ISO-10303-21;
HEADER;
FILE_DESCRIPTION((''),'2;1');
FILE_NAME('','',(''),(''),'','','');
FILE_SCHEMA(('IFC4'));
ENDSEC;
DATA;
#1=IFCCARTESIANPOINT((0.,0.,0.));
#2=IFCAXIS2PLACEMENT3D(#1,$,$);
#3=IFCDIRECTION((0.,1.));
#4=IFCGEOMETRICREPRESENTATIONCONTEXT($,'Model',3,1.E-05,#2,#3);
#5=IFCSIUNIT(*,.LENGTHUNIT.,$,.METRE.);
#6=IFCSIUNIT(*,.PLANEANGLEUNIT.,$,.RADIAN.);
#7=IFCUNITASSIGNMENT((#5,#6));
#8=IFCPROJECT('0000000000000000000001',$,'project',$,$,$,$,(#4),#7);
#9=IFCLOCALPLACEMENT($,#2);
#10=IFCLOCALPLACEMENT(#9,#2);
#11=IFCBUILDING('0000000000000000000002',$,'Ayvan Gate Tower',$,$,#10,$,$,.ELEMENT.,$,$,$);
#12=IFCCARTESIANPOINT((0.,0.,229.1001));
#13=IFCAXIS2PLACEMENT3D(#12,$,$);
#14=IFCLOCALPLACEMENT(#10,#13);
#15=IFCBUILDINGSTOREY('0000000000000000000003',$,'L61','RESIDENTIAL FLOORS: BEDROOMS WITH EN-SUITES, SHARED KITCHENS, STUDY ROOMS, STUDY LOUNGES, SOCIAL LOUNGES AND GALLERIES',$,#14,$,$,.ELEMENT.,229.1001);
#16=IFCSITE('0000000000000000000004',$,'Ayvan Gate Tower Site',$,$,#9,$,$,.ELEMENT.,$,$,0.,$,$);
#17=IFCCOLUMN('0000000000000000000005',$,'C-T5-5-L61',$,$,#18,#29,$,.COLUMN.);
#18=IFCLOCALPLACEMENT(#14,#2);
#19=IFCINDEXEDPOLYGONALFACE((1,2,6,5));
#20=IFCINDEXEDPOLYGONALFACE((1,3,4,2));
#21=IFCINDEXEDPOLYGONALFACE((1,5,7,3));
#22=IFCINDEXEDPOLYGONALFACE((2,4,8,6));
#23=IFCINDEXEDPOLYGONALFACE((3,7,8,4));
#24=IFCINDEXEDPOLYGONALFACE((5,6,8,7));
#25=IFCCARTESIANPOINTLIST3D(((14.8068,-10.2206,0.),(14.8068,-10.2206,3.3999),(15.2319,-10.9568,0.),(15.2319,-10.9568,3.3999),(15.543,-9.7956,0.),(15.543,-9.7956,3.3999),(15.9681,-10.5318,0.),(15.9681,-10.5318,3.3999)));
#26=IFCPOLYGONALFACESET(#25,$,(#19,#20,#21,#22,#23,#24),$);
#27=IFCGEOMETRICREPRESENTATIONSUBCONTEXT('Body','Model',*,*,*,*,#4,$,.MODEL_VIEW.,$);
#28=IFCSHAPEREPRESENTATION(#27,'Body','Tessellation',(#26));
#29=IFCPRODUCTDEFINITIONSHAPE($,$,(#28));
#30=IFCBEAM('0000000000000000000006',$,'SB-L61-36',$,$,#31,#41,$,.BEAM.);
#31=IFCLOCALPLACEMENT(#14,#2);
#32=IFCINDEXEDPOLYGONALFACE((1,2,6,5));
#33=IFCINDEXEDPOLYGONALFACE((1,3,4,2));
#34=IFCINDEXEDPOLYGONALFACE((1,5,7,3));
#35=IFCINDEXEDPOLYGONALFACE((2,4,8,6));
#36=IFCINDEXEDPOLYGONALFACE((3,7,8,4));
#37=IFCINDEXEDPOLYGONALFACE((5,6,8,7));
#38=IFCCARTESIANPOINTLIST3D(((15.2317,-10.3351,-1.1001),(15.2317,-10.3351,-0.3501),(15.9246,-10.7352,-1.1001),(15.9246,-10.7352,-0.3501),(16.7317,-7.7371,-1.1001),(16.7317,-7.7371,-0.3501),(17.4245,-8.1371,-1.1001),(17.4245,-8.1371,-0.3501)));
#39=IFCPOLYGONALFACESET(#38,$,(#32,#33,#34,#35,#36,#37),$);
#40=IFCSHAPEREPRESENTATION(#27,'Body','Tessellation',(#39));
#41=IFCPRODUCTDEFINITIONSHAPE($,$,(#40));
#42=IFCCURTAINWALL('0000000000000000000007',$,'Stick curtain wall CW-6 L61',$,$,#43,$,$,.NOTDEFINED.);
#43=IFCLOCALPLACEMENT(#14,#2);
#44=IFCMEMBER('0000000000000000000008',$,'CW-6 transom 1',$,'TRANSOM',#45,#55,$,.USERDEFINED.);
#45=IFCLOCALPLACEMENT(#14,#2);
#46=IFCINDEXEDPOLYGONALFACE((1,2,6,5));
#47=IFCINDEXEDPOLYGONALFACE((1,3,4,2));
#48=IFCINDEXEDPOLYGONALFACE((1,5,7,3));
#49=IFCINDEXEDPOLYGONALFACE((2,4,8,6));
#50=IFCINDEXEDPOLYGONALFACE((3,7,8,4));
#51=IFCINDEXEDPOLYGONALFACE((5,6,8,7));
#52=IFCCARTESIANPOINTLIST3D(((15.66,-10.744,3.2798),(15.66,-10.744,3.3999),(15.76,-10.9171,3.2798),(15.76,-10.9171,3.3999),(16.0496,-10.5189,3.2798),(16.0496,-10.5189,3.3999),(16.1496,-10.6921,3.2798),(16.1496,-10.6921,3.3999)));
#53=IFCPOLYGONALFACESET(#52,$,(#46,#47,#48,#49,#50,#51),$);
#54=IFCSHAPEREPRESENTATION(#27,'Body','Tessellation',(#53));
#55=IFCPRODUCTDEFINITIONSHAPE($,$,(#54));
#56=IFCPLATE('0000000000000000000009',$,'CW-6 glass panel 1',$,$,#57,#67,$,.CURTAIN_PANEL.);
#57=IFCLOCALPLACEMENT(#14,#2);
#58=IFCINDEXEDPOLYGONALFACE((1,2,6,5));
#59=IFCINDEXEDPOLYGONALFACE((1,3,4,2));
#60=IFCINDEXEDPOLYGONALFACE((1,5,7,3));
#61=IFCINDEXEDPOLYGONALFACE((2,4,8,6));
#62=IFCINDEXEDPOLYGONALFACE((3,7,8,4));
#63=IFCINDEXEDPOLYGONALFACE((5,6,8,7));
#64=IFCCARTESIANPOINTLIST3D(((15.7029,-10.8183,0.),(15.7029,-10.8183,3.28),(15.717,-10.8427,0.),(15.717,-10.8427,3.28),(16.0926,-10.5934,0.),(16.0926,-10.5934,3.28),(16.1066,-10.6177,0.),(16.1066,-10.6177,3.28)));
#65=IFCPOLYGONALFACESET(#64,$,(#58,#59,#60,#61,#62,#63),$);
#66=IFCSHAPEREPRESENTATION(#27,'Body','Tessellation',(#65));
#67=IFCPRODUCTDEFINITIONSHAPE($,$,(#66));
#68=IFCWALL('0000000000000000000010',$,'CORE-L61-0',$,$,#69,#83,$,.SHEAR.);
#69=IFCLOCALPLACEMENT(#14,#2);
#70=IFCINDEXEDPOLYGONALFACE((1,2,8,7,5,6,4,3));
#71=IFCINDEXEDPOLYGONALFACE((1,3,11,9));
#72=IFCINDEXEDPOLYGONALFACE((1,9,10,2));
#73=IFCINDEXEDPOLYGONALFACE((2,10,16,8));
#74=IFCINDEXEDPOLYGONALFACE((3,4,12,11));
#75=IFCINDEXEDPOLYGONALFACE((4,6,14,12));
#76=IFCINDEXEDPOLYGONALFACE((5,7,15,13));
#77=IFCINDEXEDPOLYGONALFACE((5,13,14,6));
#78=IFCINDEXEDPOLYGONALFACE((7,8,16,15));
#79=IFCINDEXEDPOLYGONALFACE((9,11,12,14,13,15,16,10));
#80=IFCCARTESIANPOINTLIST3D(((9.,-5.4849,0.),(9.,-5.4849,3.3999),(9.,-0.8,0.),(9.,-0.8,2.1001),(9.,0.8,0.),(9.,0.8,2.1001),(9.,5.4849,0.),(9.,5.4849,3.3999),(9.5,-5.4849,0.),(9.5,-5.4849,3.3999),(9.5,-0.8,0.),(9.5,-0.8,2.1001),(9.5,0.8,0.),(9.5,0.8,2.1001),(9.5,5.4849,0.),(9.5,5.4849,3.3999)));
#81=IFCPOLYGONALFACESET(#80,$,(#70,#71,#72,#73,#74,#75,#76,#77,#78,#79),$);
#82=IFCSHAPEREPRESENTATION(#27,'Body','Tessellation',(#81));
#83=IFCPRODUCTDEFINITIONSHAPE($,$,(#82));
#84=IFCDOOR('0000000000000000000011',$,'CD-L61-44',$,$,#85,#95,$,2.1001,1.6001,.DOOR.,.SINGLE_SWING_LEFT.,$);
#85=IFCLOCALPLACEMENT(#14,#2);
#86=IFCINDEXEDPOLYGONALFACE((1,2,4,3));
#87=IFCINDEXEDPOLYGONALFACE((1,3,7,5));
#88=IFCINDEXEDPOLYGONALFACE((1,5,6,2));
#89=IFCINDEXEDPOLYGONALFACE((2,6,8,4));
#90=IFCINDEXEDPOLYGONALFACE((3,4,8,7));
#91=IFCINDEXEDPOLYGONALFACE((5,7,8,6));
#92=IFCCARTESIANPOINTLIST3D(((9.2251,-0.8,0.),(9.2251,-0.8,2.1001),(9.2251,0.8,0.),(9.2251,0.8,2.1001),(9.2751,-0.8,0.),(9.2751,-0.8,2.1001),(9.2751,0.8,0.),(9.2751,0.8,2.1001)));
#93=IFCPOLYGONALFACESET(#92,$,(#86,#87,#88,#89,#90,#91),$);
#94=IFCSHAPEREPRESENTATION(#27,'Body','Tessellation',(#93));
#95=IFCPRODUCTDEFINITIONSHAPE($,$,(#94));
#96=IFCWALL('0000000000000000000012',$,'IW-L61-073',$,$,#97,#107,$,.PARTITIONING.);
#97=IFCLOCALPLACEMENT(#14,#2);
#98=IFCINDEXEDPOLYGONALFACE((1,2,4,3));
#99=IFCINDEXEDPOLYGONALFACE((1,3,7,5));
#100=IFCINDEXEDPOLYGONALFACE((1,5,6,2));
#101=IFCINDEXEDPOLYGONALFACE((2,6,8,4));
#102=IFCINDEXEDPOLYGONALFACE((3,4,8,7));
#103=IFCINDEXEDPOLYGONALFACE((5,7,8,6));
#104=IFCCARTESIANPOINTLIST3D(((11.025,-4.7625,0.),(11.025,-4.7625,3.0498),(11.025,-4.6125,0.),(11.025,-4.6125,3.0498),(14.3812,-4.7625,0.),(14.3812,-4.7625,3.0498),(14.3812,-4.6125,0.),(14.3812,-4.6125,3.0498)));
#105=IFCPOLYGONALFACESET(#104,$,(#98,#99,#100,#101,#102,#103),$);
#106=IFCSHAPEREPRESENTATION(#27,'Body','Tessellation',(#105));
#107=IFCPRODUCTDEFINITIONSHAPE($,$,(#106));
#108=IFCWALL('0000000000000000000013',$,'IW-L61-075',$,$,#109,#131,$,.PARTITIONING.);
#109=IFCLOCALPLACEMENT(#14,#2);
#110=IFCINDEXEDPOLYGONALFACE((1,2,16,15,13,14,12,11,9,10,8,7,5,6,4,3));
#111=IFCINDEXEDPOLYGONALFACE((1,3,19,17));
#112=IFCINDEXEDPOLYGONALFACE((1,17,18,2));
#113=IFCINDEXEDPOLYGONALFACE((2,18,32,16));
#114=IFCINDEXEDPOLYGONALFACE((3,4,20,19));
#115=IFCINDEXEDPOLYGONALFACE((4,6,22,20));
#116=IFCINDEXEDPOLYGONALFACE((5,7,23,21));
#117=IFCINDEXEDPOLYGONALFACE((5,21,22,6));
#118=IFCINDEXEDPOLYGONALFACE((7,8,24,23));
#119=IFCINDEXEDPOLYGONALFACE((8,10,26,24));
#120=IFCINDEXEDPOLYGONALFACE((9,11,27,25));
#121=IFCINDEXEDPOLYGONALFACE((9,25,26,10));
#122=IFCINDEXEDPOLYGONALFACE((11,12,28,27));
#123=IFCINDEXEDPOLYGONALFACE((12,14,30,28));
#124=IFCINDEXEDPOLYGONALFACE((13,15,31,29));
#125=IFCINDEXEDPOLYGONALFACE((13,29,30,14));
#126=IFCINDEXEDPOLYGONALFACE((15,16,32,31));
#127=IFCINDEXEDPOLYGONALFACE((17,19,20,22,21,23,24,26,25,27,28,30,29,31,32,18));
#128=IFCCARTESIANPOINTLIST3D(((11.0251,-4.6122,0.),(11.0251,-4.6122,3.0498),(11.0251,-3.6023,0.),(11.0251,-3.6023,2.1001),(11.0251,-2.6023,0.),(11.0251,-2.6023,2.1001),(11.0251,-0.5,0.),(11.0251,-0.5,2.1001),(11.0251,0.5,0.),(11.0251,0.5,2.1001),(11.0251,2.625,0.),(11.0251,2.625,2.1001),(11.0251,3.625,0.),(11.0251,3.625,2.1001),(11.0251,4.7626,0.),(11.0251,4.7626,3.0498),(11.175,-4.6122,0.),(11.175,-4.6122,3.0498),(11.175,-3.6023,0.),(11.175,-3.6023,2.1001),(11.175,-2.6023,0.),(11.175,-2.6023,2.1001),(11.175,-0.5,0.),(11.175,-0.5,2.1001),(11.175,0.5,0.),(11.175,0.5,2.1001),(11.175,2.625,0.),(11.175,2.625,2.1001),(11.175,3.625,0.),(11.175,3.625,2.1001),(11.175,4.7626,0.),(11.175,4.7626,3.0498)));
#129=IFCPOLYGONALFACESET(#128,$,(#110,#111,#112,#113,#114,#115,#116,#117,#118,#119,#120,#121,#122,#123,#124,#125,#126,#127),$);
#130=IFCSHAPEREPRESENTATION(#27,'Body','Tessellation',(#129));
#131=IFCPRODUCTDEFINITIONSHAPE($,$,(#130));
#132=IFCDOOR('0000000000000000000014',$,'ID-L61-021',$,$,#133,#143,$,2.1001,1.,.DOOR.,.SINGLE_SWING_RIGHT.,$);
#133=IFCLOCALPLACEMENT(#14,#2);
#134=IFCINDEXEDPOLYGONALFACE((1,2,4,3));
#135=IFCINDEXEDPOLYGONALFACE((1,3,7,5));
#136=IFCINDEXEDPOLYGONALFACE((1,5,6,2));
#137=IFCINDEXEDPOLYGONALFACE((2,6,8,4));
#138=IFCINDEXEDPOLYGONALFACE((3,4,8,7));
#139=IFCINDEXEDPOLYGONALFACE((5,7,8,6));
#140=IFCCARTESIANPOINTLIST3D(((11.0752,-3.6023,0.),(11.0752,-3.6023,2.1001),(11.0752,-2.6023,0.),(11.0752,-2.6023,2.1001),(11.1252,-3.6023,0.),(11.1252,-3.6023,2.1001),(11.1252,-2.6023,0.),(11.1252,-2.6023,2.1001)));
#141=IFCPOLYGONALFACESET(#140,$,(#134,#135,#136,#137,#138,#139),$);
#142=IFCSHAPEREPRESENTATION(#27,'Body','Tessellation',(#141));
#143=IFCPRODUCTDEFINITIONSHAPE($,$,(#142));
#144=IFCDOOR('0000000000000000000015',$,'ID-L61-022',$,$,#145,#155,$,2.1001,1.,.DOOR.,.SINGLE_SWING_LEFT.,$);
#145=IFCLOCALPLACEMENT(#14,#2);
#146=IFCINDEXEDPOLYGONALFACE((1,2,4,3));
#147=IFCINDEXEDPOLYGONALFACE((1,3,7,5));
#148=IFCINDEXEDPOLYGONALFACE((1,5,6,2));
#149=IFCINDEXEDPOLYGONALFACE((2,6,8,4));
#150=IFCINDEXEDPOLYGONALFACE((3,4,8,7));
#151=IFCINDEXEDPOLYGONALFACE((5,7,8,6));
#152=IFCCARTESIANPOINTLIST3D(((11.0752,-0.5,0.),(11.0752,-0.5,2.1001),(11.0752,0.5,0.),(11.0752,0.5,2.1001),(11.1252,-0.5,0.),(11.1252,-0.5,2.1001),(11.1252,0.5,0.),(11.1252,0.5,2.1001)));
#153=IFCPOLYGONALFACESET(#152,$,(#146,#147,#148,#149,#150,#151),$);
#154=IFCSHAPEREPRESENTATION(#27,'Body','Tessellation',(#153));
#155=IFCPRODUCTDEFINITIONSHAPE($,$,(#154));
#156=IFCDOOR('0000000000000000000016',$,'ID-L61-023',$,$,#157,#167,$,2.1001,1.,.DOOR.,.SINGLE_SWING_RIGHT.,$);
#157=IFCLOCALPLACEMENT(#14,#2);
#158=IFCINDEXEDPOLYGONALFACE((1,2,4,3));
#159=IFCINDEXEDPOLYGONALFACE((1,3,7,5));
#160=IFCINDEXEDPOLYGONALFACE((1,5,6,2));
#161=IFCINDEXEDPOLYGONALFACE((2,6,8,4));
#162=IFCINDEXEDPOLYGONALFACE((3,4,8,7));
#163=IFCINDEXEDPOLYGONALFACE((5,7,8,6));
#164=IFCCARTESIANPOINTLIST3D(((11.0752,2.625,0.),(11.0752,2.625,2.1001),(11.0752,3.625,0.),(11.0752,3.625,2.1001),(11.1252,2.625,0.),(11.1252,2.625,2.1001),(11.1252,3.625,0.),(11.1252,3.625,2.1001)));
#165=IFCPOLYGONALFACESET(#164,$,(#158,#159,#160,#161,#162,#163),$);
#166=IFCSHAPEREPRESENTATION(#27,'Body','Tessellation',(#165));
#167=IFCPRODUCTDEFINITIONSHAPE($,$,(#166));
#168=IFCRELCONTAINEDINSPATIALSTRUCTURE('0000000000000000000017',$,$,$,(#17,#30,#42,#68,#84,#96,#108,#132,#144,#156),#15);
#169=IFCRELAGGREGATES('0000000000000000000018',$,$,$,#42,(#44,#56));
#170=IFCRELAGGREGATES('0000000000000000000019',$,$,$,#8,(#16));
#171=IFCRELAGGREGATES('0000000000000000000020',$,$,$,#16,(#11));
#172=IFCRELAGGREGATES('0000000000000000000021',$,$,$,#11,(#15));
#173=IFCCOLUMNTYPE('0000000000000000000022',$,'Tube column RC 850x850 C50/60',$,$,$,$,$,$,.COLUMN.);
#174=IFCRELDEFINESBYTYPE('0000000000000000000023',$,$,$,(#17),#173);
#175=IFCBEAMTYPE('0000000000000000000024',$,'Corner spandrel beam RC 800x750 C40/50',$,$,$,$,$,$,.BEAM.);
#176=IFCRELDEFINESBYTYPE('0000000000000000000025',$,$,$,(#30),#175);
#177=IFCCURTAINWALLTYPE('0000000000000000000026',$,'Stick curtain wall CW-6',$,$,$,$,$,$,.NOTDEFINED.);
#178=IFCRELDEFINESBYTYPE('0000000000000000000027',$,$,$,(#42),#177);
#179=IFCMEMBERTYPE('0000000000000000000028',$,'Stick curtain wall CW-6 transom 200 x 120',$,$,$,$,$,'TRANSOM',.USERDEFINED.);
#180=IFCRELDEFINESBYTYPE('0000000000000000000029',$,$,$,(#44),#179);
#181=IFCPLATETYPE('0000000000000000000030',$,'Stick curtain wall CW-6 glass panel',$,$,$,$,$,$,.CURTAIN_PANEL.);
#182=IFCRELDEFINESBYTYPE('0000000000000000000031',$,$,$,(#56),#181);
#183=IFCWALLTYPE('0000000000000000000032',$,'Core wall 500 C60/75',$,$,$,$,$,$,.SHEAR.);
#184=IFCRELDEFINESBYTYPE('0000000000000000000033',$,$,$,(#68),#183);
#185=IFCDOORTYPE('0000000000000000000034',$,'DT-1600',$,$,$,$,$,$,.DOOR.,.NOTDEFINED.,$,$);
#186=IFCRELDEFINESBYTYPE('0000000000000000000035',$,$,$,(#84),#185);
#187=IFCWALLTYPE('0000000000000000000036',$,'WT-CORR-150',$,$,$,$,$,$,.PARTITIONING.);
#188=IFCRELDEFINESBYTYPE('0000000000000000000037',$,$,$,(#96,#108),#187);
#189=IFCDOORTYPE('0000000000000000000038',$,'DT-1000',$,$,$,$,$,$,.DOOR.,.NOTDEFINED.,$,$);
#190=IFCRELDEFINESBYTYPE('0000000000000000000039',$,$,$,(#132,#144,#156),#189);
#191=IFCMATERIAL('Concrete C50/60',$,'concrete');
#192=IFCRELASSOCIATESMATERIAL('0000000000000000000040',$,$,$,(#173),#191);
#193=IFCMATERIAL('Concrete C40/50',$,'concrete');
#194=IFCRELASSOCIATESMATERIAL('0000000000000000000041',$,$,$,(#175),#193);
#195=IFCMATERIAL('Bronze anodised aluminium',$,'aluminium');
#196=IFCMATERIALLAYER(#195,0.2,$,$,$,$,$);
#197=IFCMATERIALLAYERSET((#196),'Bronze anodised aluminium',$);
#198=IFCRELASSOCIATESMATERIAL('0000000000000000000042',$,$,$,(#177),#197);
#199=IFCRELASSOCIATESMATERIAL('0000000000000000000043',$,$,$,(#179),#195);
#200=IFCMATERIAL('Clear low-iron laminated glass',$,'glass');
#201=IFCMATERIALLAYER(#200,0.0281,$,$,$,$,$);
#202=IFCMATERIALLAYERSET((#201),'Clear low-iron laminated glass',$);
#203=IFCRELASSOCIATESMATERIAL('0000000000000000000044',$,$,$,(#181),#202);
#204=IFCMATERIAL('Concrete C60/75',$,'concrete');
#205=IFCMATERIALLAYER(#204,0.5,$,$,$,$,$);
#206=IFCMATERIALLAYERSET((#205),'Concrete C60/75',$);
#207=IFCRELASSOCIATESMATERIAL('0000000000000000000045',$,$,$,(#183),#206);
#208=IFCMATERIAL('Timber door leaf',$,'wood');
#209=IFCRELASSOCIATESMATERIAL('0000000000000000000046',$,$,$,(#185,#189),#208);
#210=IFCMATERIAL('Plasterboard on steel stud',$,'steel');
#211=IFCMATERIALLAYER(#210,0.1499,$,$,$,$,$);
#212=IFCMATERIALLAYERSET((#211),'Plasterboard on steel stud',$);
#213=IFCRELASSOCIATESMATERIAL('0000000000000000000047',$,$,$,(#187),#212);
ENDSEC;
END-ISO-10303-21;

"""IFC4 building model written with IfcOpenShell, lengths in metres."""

from ifc_helpers import new_model, si_unit, direction, frame, frame_2d, origin, origin_2d, place, context, subcontext, project, spatial, rectangle, extrude, material, layer, layer_set, material_profile, profile_set, type_object, element, fill, aggregate, save


model = new_model("IFC4")

# Units and contexts
model_context = context("Model", 3, precision=1e-05, world=origin(), true_north=direction((0.0, 1.0)))
body_context = subcontext(model_context, "Body", "Model", "MODEL_VIEW")
ifc_project = project(units=[si_unit("LENGTHUNIT", "METRE"), si_unit("PLANEANGLEUNIT", "RADIAN")], contexts=[model_context])

# Site, building, storey
site_placement = place(None, origin())
site = spatial("IfcSite", under=ifc_project, at=site_placement, Name="Ayvan Gate Tower Site", CompositionType="ELEMENT", RefElevation=0.0)
building_placement = place(site_placement, origin())
building = spatial("IfcBuilding", under=site, at=building_placement, Name="Ayvan Gate Tower", CompositionType="ELEMENT")
storey_placement = place(building_placement, frame((0.0, 0.0, 229.1001)))
storey = spatial("IfcBuildingStorey", under=building, at=storey_placement, Name="L61", Description="RESIDENTIAL FLOORS: BEDROOMS WITH EN-SUITES, SHARED KITCHENS, STUDY ROOMS, STUDY LOUNGES, SOCIAL LOUNGES AND GALLERIES", CompositionType="ELEMENT", Elevation=229.1001)

# Column
ifc_material_1 = material(Name="Concrete C50/60", Category="concrete")
ifc_material_profile_1 = material_profile(ifc_material_1, rectangle(XDim=0.8501, YDim=0.8501, at=origin_2d()), Name="RC 850x850")
ifc_profile_set_1 = profile_set([ifc_material_profile_1], Name="Concrete C50/60")
column_type = type_object("IfcColumnType", Name="Tube column RC 850x850 C50/60", PredefinedType="COLUMN", material=ifc_profile_set_1)
column_placement = place(storey_placement, frame((15.3875, -10.3762, 0.0), z_axis=(0.0, 0.0, 1.0), x_axis=(0.5, -0.866025, 0.0)))
element("IfcColumn", 1, at=column_placement, inside=storey, type_object=column_type, Name="C-T5-5-L61", PredefinedType="COLUMN", context=body_context, shape_type="SweptSolid", body=[
    extrude(rectangle(XDim=0.8501, YDim=0.8501, at=origin_2d()), origin(), (0.0, 0.0, 1.0), 3.3999),
])

# Beam
ifc_material_2 = material(Name="Concrete C40/50", Category="concrete")
ifc_material_profile_2 = material_profile(ifc_material_2, rectangle(XDim=0.8, YDim=0.75, at=origin_2d()), Name="RC 800x750")
ifc_profile_set_2 = profile_set([ifc_material_profile_2], Name="Concrete C40/50")
beam_type = type_object("IfcBeamType", Name="Corner spandrel beam RC 800x750 C40/50", PredefinedType="BEAM", material=ifc_profile_set_2)
beam_placement = place(storey_placement, frame((15.5781, -10.5352, -0.7251), z_axis=(0.49999, 0.866031, 0.0), x_axis=(-0.866031, 0.49999, 0.0)))
element("IfcBeam", 2, at=beam_placement, inside=storey, type_object=beam_type, Name="SB-L61-36", PredefinedType="BEAM", context=body_context, shape_type="SweptSolid", body=[
    extrude(rectangle(XDim=0.8, YDim=0.75, at=origin_2d()), origin(), (0.0, 0.0, 1.0), 3.0),
])

# Curtain wall, member, plate
ifc_material_3 = material(Name="Bronze anodised aluminium", Category="aluminium")
ifc_layer_1 = layer(ifc_material_3, 0.2)
ifc_layer_set_1 = layer_set([ifc_layer_1], Name="Bronze anodised aluminium")
curtain_wall_type = type_object("IfcCurtainWallType", Name="Stick curtain wall CW-6", PredefinedType="NOTDEFINED", material=ifc_layer_set_1)
curtain_wall_placement = place(storey_placement, origin())
curtain_wall = element("IfcCurtainWall", 3, at=curtain_wall_placement, inside=storey, type_object=curtain_wall_type, Name="Stick curtain wall CW-6 L61", PredefinedType="NOTDEFINED")
ifc_material_profile_3 = material_profile(ifc_material_3, rectangle(XDim=0.2, YDim=0.1201, at=origin_2d()), Name="Stick curtain wall CW-6 transom 200 x 120")
ifc_profile_set_3 = profile_set([ifc_material_profile_3], Name="Bronze anodised aluminium")
member_type = type_object("IfcMemberType", Name="Stick curtain wall CW-6 transom 200 x 120", ElementType="TRANSOM", PredefinedType="USERDEFINED", material=ifc_profile_set_3)
member_placement = place(storey_placement, frame((15.71, -10.8306, 3.3398), z_axis=(0.865896, 0.500223, 0.0), x_axis=(-0.500223, 0.865896, 0.0)))
member = element("IfcMember", 4, at=member_placement, type_object=member_type, Name="CW-6 transom 1", ObjectType="TRANSOM", PredefinedType="USERDEFINED", context=body_context, shape_type="SweptSolid", body=[
    extrude(rectangle(XDim=0.2, YDim=0.1201, at=origin_2d()), origin(), (0.0, 0.0, 1.0), 0.45),
])
ifc_material_4 = material(Name="Clear low-iron laminated glass", Category="glass")
ifc_layer_2 = layer(ifc_material_4, 0.0281)
ifc_layer_set_2 = layer_set([ifc_layer_2], Name="Clear low-iron laminated glass")
plate_type = type_object("IfcPlateType", Name="Stick curtain wall CW-6 glass panel", PredefinedType="CURTAIN_PANEL", material=ifc_layer_set_2)
plate_placement = place(storey_placement, frame((15.9048, -10.718, 0.0), z_axis=(0.0, 0.0, 1.0), x_axis=(0.866025, 0.5, 0.0)))
plate = element("IfcPlate", 5, at=plate_placement, type_object=plate_type, Name="CW-6 glass panel 1", PredefinedType="CURTAIN_PANEL", context=body_context, shape_type="SweptSolid", body=[
    extrude(rectangle(XDim=0.45, YDim=0.0281, at=origin_2d()), origin(), (0.0, 0.0, 1.0), 3.28),
])
aggregate(curtain_wall, [member, plate])

# Wall, opening, door
ifc_material_5 = material(Name="Concrete C60/75", Category="concrete")
ifc_layer_3 = layer(ifc_material_5, 0.5)
ifc_layer_set_3 = layer_set([ifc_layer_3], Name="Concrete C60/75")
wall_type_1 = type_object("IfcWallType", Name="Core wall 500 C60/75", PredefinedType="SHEAR", material=ifc_layer_set_3)
wall_1_placement = place(storey_placement, frame((9.25, -5.4849, 0.0), z_axis=(0.0, 0.0, 1.0), x_axis=(0.0, 1.0, 0.0)))
wall_1 = element("IfcWall", 6, at=wall_1_placement, inside=storey, type_object=wall_type_1, Name="CORE-L61-0", PredefinedType="SHEAR", context=body_context, shape_type="SweptSolid", body=[
    extrude(rectangle(XDim=10.9697, YDim=0.5, at=frame_2d((5.4849, 0.0))), origin(), (0.0, 0.0, 1.0), 3.3999),
])
opening_1_placement = place(wall_1_placement, frame((4.6848, 0.0, 0.0)))
opening_1 = element("IfcOpeningElement", 7, at=opening_1_placement, cuts=wall_1, PredefinedType="OPENING", context=body_context, shape_type="SweptSolid", body=[
    extrude(rectangle(XDim=1.6001, YDim=2.1001, at=frame_2d((0.8, 1.05))), frame((0.0, 0.26, 0.0), z_axis=(0.0, -1.0, 0.0), x_axis=(1.0, 0.0, 0.0)), (0.0, 0.0, 1.0), 0.52),
])
ifc_material_6 = material(Name="Timber door leaf", Category="wood")
door_type_1 = type_object("IfcDoorType", Name="DT-1600", OperationType="NOTDEFINED", PredefinedType="DOOR", material=ifc_material_6)
door_1_placement = place(opening_1_placement, origin())
door_1 = element("IfcDoor", 8, at=door_1_placement, inside=storey, type_object=door_type_1, Name="CD-L61-44", OperationType="SINGLE_SWING_LEFT", OverallHeight=2.1001, OverallWidth=1.6001, PredefinedType="DOOR", context=body_context, shape_type="SweptSolid", body=[
    extrude(rectangle(XDim=1.6001, YDim=2.1001, at=frame_2d((0.8, 1.05))), frame((0.0, 0.0249, 0.0), z_axis=(0.0, -1.0, 0.0), x_axis=(1.0, 0.0, 0.0)), (0.0, 0.0, 1.0), 0.05),
])
fill(opening_1, door_1)

# Wall
ifc_material_7 = material(Name="Plasterboard on steel stud", Category="steel")
ifc_layer_4 = layer(ifc_material_7, 0.1499)
ifc_layer_set_4 = layer_set([ifc_layer_4], Name="Plasterboard on steel stud")
wall_type_2 = type_object("IfcWallType", Name="WT-CORR-150", PredefinedType="PARTITIONING", material=ifc_layer_set_4)
wall_2_placement = place(storey_placement, frame((11.0249, -4.6875, 0.0), z_axis=(0.0, 0.0, 1.0), x_axis=(1.0, 0.0, 0.0)))
element("IfcWall", 9, at=wall_2_placement, inside=storey, type_object=wall_type_2, Name="IW-L61-073", PredefinedType="PARTITIONING", context=body_context, shape_type="SweptSolid", body=[
    extrude(rectangle(XDim=3.3562, YDim=0.1499, at=frame_2d((1.6782, 0.0))), origin(), (0.0, 0.0, 1.0), 3.0498),
])

# Wall, openings, doors
wall_3_placement = place(storey_placement, frame((11.1001, -4.6123, 0.0), z_axis=(0.0, 0.0, 1.0), x_axis=(0.0, 1.0, 0.0)))
wall_3 = element("IfcWall", 10, at=wall_3_placement, inside=storey, type_object=wall_type_2, Name="IW-L61-075", PredefinedType="PARTITIONING", context=body_context, shape_type="SweptSolid", body=[
    extrude(rectangle(XDim=9.3748, YDim=0.1499, at=frame_2d((4.6875, 0.0))), origin(), (0.0, 0.0, 1.0), 3.0498),
])
opening_2_placement = place(wall_3_placement, frame((1.01, 0.0, 0.0)))
opening_2 = element("IfcOpeningElement", 11, at=opening_2_placement, cuts=wall_3, PredefinedType="OPENING", context=body_context, shape_type="SweptSolid", body=[
    extrude(rectangle(XDim=1.0, YDim=2.1001, at=frame_2d((0.5, 1.05))), frame((0.0, 0.085, 0.0), z_axis=(0.0, -1.0, 0.0), x_axis=(1.0, 0.0, 0.0)), (0.0, 0.0, 1.0), 0.1699),
])
opening_3_placement = place(wall_3_placement, frame((4.1123, 0.0, 0.0)))
opening_3 = element("IfcOpeningElement", 12, at=opening_3_placement, cuts=wall_3, PredefinedType="OPENING", context=body_context, shape_type="SweptSolid", body=[
    extrude(rectangle(XDim=1.0, YDim=2.1001, at=frame_2d((0.5, 1.05))), frame((0.0, 0.085, 0.0), z_axis=(0.0, -1.0, 0.0), x_axis=(1.0, 0.0, 0.0)), (0.0, 0.0, 1.0), 0.1699),
])
opening_4_placement = place(wall_3_placement, frame((7.2373, 0.0, 0.0)))
opening_4 = element("IfcOpeningElement", 13, at=opening_4_placement, cuts=wall_3, PredefinedType="OPENING", context=body_context, shape_type="SweptSolid", body=[
    extrude(rectangle(XDim=1.0, YDim=2.1001, at=frame_2d((0.5, 1.05))), frame((0.0, 0.085, 0.0), z_axis=(0.0, -1.0, 0.0), x_axis=(1.0, 0.0, 0.0)), (0.0, 0.0, 1.0), 0.1699),
])
door_type_2 = type_object("IfcDoorType", Name="DT-1000", OperationType="NOTDEFINED", PredefinedType="DOOR", material=ifc_material_6)
door_2_placement = place(opening_2_placement, origin())
door_2 = element("IfcDoor", 14, at=door_2_placement, inside=storey, type_object=door_type_2, Name="ID-L61-021", OperationType="SINGLE_SWING_RIGHT", OverallHeight=2.1001, OverallWidth=1.0, PredefinedType="DOOR", context=body_context, shape_type="SweptSolid", body=[
    extrude(rectangle(XDim=1.0, YDim=2.1001, at=frame_2d((0.5, 1.05))), frame((0.0, 0.0249, 0.0), z_axis=(0.0, -1.0, 0.0), x_axis=(1.0, 0.0, 0.0)), (0.0, 0.0, 1.0), 0.05),
])
fill(opening_2, door_2)
door_3_placement = place(opening_3_placement, origin())
door_3 = element("IfcDoor", 15, at=door_3_placement, inside=storey, type_object=door_type_2, Name="ID-L61-022", OperationType="SINGLE_SWING_LEFT", OverallHeight=2.1001, OverallWidth=1.0, PredefinedType="DOOR", context=body_context, shape_type="SweptSolid", body=[
    extrude(rectangle(XDim=1.0, YDim=2.1001, at=frame_2d((0.5, 1.05))), frame((0.0, 0.0249, 0.0), z_axis=(0.0, -1.0, 0.0), x_axis=(1.0, 0.0, 0.0)), (0.0, 0.0, 1.0), 0.05),
])
fill(opening_3, door_3)
door_4_placement = place(opening_4_placement, origin())
door_4 = element("IfcDoor", 16, at=door_4_placement, inside=storey, type_object=door_type_2, Name="ID-L61-023", OperationType="SINGLE_SWING_RIGHT", OverallHeight=2.1001, OverallWidth=1.0, PredefinedType="DOOR", context=body_context, shape_type="SweptSolid", body=[
    extrude(rectangle(XDim=1.0, YDim=2.1001, at=frame_2d((0.5, 1.05))), frame((0.0, 0.0249, 0.0), z_axis=(0.0, -1.0, 0.0), x_axis=(1.0, 0.0, 0.0)), (0.0, 0.0, 1.0), 0.05),
])
fill(opening_4, door_4)

save(model, "model.ifc")
